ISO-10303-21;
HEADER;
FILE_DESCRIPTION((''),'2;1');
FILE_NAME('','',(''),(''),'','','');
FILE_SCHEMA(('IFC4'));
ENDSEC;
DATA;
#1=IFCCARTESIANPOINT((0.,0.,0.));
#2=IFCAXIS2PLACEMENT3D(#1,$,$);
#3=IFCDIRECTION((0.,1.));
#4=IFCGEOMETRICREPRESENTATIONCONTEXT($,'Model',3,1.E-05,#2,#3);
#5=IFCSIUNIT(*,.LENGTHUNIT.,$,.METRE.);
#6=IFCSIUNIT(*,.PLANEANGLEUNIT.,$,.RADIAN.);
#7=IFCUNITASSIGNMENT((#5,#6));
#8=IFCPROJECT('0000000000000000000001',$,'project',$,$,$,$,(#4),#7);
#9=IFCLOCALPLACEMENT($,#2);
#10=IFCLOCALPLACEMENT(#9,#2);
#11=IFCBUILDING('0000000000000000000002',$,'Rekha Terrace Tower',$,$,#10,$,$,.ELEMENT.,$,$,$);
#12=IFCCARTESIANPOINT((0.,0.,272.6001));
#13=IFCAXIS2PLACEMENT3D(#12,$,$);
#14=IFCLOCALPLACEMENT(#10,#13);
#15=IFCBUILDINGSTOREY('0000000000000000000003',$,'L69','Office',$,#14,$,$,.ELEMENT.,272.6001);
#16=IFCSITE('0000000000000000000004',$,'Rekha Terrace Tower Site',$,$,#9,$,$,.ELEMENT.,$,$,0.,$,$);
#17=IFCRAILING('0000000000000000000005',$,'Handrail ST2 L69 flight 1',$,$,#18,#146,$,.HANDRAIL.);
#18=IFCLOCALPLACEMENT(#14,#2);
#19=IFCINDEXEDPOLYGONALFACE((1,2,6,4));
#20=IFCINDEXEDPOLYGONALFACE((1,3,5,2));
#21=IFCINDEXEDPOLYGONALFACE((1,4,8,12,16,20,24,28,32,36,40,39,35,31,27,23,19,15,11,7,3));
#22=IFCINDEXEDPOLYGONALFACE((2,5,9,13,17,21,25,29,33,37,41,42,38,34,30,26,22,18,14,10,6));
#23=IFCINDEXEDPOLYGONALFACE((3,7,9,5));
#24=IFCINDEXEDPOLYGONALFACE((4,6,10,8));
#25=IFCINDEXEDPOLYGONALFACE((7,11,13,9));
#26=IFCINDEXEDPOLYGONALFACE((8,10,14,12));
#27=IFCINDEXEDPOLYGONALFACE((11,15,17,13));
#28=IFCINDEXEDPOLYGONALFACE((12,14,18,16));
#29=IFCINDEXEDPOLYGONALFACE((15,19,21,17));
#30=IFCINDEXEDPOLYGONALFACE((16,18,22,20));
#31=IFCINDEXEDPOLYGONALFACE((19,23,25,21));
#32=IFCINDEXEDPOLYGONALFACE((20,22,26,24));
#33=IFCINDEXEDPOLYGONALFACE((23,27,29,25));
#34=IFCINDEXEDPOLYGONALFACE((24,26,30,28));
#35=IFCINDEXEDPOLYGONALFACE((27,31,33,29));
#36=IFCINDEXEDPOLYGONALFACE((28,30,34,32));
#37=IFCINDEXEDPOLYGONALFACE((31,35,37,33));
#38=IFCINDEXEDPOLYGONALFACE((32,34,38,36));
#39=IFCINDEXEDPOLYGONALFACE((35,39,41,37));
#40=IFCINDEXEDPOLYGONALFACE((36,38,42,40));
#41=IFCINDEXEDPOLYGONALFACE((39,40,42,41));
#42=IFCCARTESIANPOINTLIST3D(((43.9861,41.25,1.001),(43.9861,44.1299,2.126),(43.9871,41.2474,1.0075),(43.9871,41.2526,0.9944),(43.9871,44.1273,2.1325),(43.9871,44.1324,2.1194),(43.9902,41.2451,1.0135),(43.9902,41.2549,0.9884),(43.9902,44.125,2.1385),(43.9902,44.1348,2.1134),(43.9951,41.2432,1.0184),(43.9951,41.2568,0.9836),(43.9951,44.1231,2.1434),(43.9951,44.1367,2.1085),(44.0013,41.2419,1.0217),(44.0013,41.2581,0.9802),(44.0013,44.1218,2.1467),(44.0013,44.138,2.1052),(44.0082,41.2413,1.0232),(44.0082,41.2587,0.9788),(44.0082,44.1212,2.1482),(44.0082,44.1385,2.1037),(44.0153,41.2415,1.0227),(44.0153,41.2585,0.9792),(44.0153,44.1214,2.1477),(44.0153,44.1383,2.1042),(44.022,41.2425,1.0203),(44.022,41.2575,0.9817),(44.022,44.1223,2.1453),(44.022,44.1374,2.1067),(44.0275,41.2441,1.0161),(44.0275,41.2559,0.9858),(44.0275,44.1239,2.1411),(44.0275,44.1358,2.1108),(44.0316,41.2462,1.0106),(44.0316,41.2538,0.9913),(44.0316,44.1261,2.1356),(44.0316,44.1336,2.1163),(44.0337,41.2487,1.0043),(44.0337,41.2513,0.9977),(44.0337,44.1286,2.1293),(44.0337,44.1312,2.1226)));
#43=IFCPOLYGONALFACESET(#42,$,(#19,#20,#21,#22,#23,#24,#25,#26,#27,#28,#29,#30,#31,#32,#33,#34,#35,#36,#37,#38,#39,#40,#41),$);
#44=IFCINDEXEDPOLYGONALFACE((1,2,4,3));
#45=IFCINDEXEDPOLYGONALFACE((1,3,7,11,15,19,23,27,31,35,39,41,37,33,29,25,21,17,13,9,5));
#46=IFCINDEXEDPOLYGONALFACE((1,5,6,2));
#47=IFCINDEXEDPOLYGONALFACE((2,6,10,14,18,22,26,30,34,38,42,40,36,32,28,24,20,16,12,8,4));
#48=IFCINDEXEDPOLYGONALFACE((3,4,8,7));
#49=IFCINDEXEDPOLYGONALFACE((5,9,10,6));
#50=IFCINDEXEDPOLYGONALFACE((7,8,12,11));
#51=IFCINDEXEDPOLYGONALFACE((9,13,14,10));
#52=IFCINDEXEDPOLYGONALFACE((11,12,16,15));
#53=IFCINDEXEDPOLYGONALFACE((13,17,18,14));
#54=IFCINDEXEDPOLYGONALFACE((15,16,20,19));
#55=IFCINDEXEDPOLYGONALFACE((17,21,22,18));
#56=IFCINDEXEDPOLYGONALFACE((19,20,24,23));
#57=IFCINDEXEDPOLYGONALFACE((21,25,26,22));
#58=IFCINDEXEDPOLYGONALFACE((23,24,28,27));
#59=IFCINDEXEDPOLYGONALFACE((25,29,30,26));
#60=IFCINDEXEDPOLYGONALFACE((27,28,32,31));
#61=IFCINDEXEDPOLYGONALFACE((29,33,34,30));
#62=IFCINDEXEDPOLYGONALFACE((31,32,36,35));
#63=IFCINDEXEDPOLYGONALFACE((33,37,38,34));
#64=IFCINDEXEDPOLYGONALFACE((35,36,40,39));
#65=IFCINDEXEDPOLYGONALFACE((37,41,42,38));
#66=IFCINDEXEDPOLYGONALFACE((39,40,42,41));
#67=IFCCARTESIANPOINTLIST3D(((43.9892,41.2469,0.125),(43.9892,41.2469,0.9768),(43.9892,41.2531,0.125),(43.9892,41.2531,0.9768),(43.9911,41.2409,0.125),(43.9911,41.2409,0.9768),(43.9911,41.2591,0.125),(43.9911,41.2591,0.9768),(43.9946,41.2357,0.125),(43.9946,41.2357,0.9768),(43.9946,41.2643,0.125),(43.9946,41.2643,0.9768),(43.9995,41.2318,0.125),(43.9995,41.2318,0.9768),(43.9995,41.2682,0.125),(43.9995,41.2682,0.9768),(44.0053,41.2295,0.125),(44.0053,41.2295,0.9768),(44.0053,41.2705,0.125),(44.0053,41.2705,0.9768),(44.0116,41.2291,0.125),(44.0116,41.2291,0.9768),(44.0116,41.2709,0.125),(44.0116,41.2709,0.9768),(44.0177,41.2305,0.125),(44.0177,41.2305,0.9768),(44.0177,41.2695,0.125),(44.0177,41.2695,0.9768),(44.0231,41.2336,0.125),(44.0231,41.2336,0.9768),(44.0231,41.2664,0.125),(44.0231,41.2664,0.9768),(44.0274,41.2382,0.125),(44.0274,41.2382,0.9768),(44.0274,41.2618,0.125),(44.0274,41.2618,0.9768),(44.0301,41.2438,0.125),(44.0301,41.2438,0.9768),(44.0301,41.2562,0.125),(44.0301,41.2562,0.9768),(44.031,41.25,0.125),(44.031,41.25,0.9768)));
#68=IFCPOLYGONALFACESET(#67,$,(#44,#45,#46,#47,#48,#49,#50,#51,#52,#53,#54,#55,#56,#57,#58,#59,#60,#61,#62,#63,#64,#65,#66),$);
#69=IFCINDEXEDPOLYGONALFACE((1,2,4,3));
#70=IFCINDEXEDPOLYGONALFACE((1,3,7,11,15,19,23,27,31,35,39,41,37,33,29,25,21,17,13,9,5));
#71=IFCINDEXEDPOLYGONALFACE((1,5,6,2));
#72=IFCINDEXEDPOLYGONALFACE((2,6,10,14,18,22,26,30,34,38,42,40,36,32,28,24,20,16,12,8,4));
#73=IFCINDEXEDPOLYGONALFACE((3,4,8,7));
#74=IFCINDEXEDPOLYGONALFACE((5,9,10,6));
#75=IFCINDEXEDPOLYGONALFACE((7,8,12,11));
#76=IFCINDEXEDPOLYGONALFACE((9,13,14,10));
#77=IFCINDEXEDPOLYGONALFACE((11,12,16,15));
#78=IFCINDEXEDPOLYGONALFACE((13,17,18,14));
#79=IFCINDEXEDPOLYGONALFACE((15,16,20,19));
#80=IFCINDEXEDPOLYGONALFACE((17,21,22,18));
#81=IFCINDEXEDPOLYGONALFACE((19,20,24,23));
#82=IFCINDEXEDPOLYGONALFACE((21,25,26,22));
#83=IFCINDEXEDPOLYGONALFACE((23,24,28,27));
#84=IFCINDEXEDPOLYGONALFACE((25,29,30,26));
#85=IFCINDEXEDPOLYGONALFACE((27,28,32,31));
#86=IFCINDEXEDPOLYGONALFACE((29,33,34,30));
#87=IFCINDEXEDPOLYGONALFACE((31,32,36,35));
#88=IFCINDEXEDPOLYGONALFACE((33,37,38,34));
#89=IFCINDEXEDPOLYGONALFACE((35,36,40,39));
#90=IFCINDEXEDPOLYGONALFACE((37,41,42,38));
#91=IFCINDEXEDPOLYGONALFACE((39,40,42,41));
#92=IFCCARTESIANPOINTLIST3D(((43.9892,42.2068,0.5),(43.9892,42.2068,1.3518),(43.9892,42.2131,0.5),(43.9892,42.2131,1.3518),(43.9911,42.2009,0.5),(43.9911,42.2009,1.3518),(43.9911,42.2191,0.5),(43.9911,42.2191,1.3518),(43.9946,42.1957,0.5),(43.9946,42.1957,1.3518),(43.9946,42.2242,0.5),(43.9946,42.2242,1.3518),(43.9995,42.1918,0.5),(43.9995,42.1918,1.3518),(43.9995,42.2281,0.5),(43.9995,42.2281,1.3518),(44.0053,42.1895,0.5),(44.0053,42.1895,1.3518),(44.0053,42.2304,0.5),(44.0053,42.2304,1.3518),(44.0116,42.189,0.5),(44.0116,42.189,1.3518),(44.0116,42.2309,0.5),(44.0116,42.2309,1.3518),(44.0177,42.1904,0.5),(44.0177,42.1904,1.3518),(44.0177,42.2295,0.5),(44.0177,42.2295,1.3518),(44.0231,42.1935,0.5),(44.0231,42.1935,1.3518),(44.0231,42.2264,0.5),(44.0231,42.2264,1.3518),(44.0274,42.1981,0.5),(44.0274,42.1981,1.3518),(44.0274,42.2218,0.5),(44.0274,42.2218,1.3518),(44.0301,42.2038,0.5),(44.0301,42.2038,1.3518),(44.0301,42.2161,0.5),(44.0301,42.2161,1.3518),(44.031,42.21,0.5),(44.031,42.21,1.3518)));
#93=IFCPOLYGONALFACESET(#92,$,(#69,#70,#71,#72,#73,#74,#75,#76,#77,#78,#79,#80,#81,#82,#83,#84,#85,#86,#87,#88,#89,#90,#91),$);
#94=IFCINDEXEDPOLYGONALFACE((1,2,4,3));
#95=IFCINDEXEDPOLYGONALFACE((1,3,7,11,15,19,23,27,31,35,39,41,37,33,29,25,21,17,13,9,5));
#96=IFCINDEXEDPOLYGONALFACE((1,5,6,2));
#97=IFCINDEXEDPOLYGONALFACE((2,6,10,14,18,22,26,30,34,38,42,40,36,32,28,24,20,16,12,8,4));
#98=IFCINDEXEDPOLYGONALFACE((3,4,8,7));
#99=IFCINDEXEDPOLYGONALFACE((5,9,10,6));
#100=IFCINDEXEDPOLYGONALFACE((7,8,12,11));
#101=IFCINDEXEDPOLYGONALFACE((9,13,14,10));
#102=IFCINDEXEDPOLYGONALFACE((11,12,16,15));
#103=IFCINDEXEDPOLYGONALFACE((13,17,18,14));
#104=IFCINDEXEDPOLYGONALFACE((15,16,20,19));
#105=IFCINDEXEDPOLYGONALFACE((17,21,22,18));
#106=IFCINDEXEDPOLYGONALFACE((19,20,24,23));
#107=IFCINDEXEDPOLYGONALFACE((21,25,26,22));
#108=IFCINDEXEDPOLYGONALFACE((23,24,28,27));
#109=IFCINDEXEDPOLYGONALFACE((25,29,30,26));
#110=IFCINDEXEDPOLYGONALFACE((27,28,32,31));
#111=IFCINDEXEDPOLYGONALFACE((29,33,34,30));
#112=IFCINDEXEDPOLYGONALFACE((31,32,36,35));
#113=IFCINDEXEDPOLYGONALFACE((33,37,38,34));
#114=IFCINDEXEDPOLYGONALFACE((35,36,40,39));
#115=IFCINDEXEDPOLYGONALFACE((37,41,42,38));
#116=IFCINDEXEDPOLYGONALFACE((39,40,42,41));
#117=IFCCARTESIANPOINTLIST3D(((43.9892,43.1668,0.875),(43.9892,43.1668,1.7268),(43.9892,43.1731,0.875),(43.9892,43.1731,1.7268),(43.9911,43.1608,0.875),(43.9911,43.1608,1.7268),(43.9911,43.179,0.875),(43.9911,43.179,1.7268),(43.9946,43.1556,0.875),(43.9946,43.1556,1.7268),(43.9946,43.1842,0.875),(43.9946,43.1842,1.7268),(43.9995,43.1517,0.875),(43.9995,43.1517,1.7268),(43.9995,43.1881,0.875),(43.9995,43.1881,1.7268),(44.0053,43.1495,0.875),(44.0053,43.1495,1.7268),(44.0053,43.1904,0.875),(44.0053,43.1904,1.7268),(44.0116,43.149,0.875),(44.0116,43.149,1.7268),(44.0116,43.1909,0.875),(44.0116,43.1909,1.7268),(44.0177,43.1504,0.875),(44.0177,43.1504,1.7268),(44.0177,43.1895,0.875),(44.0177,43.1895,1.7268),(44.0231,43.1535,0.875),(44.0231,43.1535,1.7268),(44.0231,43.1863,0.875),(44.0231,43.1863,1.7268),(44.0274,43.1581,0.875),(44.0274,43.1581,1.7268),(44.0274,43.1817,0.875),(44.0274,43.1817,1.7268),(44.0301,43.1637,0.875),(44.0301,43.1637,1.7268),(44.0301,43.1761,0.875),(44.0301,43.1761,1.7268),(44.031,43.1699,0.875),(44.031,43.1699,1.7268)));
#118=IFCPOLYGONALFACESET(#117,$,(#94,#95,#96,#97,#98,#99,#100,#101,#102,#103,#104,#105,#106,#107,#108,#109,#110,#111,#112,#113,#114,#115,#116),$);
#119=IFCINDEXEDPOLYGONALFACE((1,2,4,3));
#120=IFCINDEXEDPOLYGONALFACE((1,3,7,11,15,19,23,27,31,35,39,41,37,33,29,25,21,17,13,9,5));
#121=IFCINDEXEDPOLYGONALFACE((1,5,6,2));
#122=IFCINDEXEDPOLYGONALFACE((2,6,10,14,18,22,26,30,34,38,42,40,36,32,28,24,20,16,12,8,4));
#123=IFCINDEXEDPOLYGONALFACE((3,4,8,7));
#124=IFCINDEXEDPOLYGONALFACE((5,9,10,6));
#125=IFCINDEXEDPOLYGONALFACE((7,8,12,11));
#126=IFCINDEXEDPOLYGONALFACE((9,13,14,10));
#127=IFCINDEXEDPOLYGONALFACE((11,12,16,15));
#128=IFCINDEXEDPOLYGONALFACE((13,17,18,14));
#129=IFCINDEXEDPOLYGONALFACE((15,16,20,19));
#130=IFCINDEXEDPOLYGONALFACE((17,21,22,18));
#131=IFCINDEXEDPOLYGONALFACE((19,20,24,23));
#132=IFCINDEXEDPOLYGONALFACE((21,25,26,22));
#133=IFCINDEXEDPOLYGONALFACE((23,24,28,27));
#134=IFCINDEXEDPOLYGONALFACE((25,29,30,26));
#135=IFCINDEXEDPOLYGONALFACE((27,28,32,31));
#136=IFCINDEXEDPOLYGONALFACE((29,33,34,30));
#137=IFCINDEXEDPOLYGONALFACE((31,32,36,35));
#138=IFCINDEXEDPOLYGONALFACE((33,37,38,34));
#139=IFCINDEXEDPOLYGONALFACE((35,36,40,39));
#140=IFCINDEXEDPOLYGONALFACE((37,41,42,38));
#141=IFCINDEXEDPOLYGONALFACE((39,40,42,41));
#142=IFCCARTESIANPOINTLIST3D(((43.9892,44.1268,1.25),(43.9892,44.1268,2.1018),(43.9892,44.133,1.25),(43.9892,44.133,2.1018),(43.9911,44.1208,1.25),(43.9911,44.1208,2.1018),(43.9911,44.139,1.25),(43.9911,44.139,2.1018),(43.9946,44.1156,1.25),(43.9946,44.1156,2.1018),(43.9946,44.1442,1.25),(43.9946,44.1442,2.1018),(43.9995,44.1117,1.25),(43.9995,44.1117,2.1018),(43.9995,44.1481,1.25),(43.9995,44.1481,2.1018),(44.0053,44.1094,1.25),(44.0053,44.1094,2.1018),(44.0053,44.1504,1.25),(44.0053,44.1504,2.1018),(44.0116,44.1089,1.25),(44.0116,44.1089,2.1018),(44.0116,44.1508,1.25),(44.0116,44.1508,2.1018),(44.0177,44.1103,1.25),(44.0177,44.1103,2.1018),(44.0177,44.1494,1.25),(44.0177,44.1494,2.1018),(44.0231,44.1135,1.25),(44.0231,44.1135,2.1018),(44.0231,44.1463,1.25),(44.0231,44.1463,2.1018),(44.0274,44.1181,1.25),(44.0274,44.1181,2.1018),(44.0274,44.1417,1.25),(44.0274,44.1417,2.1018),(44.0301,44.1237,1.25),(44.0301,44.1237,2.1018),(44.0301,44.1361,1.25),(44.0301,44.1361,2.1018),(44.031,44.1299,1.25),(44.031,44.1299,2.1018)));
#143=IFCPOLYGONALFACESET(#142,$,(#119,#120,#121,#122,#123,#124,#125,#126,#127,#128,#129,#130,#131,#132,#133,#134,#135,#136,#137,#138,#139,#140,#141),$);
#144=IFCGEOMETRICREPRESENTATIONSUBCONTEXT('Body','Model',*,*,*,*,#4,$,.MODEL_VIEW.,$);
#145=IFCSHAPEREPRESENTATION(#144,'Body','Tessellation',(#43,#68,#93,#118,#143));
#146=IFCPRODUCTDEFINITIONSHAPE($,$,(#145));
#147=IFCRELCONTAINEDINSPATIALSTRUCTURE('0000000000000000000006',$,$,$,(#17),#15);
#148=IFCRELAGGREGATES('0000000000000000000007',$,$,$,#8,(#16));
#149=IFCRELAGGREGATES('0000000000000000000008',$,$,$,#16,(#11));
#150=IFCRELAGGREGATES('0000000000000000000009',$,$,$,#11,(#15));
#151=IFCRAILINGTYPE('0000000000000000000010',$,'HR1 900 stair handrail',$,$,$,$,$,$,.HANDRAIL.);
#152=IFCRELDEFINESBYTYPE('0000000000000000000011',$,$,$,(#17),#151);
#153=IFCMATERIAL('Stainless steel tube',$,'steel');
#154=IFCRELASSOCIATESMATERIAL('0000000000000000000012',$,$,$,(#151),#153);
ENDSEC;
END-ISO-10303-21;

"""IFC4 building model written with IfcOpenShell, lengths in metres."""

from ifc_helpers import new_model, si_unit, direction, frame, origin, origin_2d, place, context, subcontext, project, spatial, circle, extrude, material, type_object, element, save


model = new_model("IFC4")

# Units and contexts
model_context = context("Model", 3, precision=1e-05, world=origin(), true_north=direction((0.0, 1.0)))
body_context = subcontext(model_context, "Body", "Model", "MODEL_VIEW")
ifc_project = project(units=[si_unit("LENGTHUNIT", "METRE"), si_unit("PLANEANGLEUNIT", "RADIAN")], contexts=[model_context])

# Site, building, storey
site_placement = place(None, origin())
site = spatial("IfcSite", under=ifc_project, at=site_placement, Name="Rekha Terrace Tower Site", CompositionType="ELEMENT", RefElevation=0.0)
building_placement = place(site_placement, origin())
building = spatial("IfcBuilding", under=site, at=building_placement, Name="Rekha Terrace Tower", CompositionType="ELEMENT")
storey_placement = place(building_placement, frame((0.0, 0.0, 272.6001)))
storey = spatial("IfcBuildingStorey", under=building, at=storey_placement, Name="L69", Description="Office", CompositionType="ELEMENT", Elevation=272.6001)

# Railing
ifc_material_1 = material(Name="Stainless steel tube", Category="steel")
railing_type_1 = type_object("IfcRailingType", Name="HR1 900 stair handrail", PredefinedType="HANDRAIL", material=ifc_material_1)
for number, where, name in (
    (1, (44.01, 41.25, 0.125), "Handrail ST2 L69 flight 1"),
):
    element("IfcRailing", number, at=place(storey_placement, frame(where)), inside=storey, type_object=railing_type_1, Name=name, PredefinedType="HANDRAIL", context=body_context, shape_type="SweptSolid", body=[
        extrude(circle(Radius=0.0239, at=origin_2d()), frame((0.0, 0.0, 0.876), z_axis=(0.0, 0.931452, 0.363863), x_axis=(-1.0, 0.0, 0.0)), (0.0, 0.0, 1.0), 3.0918),
        extrude(circle(Radius=0.021, at=origin_2d()), origin(), (0.0, 0.0, 1.0), 0.8518),
        extrude(circle(Radius=0.021, at=origin_2d()), frame((0.0, 0.96, 0.375)), (0.0, 0.0, 1.0), 0.8518),
        extrude(circle(Radius=0.021, at=origin_2d()), frame((0.0, 1.9199, 0.75)), (0.0, 0.0, 1.0), 0.8518),
        extrude(circle(Radius=0.021, at=origin_2d()), frame((0.0, 2.8799, 1.125)), (0.0, 0.0, 1.0), 0.8518),
    ])

save(model, "model.ifc")
